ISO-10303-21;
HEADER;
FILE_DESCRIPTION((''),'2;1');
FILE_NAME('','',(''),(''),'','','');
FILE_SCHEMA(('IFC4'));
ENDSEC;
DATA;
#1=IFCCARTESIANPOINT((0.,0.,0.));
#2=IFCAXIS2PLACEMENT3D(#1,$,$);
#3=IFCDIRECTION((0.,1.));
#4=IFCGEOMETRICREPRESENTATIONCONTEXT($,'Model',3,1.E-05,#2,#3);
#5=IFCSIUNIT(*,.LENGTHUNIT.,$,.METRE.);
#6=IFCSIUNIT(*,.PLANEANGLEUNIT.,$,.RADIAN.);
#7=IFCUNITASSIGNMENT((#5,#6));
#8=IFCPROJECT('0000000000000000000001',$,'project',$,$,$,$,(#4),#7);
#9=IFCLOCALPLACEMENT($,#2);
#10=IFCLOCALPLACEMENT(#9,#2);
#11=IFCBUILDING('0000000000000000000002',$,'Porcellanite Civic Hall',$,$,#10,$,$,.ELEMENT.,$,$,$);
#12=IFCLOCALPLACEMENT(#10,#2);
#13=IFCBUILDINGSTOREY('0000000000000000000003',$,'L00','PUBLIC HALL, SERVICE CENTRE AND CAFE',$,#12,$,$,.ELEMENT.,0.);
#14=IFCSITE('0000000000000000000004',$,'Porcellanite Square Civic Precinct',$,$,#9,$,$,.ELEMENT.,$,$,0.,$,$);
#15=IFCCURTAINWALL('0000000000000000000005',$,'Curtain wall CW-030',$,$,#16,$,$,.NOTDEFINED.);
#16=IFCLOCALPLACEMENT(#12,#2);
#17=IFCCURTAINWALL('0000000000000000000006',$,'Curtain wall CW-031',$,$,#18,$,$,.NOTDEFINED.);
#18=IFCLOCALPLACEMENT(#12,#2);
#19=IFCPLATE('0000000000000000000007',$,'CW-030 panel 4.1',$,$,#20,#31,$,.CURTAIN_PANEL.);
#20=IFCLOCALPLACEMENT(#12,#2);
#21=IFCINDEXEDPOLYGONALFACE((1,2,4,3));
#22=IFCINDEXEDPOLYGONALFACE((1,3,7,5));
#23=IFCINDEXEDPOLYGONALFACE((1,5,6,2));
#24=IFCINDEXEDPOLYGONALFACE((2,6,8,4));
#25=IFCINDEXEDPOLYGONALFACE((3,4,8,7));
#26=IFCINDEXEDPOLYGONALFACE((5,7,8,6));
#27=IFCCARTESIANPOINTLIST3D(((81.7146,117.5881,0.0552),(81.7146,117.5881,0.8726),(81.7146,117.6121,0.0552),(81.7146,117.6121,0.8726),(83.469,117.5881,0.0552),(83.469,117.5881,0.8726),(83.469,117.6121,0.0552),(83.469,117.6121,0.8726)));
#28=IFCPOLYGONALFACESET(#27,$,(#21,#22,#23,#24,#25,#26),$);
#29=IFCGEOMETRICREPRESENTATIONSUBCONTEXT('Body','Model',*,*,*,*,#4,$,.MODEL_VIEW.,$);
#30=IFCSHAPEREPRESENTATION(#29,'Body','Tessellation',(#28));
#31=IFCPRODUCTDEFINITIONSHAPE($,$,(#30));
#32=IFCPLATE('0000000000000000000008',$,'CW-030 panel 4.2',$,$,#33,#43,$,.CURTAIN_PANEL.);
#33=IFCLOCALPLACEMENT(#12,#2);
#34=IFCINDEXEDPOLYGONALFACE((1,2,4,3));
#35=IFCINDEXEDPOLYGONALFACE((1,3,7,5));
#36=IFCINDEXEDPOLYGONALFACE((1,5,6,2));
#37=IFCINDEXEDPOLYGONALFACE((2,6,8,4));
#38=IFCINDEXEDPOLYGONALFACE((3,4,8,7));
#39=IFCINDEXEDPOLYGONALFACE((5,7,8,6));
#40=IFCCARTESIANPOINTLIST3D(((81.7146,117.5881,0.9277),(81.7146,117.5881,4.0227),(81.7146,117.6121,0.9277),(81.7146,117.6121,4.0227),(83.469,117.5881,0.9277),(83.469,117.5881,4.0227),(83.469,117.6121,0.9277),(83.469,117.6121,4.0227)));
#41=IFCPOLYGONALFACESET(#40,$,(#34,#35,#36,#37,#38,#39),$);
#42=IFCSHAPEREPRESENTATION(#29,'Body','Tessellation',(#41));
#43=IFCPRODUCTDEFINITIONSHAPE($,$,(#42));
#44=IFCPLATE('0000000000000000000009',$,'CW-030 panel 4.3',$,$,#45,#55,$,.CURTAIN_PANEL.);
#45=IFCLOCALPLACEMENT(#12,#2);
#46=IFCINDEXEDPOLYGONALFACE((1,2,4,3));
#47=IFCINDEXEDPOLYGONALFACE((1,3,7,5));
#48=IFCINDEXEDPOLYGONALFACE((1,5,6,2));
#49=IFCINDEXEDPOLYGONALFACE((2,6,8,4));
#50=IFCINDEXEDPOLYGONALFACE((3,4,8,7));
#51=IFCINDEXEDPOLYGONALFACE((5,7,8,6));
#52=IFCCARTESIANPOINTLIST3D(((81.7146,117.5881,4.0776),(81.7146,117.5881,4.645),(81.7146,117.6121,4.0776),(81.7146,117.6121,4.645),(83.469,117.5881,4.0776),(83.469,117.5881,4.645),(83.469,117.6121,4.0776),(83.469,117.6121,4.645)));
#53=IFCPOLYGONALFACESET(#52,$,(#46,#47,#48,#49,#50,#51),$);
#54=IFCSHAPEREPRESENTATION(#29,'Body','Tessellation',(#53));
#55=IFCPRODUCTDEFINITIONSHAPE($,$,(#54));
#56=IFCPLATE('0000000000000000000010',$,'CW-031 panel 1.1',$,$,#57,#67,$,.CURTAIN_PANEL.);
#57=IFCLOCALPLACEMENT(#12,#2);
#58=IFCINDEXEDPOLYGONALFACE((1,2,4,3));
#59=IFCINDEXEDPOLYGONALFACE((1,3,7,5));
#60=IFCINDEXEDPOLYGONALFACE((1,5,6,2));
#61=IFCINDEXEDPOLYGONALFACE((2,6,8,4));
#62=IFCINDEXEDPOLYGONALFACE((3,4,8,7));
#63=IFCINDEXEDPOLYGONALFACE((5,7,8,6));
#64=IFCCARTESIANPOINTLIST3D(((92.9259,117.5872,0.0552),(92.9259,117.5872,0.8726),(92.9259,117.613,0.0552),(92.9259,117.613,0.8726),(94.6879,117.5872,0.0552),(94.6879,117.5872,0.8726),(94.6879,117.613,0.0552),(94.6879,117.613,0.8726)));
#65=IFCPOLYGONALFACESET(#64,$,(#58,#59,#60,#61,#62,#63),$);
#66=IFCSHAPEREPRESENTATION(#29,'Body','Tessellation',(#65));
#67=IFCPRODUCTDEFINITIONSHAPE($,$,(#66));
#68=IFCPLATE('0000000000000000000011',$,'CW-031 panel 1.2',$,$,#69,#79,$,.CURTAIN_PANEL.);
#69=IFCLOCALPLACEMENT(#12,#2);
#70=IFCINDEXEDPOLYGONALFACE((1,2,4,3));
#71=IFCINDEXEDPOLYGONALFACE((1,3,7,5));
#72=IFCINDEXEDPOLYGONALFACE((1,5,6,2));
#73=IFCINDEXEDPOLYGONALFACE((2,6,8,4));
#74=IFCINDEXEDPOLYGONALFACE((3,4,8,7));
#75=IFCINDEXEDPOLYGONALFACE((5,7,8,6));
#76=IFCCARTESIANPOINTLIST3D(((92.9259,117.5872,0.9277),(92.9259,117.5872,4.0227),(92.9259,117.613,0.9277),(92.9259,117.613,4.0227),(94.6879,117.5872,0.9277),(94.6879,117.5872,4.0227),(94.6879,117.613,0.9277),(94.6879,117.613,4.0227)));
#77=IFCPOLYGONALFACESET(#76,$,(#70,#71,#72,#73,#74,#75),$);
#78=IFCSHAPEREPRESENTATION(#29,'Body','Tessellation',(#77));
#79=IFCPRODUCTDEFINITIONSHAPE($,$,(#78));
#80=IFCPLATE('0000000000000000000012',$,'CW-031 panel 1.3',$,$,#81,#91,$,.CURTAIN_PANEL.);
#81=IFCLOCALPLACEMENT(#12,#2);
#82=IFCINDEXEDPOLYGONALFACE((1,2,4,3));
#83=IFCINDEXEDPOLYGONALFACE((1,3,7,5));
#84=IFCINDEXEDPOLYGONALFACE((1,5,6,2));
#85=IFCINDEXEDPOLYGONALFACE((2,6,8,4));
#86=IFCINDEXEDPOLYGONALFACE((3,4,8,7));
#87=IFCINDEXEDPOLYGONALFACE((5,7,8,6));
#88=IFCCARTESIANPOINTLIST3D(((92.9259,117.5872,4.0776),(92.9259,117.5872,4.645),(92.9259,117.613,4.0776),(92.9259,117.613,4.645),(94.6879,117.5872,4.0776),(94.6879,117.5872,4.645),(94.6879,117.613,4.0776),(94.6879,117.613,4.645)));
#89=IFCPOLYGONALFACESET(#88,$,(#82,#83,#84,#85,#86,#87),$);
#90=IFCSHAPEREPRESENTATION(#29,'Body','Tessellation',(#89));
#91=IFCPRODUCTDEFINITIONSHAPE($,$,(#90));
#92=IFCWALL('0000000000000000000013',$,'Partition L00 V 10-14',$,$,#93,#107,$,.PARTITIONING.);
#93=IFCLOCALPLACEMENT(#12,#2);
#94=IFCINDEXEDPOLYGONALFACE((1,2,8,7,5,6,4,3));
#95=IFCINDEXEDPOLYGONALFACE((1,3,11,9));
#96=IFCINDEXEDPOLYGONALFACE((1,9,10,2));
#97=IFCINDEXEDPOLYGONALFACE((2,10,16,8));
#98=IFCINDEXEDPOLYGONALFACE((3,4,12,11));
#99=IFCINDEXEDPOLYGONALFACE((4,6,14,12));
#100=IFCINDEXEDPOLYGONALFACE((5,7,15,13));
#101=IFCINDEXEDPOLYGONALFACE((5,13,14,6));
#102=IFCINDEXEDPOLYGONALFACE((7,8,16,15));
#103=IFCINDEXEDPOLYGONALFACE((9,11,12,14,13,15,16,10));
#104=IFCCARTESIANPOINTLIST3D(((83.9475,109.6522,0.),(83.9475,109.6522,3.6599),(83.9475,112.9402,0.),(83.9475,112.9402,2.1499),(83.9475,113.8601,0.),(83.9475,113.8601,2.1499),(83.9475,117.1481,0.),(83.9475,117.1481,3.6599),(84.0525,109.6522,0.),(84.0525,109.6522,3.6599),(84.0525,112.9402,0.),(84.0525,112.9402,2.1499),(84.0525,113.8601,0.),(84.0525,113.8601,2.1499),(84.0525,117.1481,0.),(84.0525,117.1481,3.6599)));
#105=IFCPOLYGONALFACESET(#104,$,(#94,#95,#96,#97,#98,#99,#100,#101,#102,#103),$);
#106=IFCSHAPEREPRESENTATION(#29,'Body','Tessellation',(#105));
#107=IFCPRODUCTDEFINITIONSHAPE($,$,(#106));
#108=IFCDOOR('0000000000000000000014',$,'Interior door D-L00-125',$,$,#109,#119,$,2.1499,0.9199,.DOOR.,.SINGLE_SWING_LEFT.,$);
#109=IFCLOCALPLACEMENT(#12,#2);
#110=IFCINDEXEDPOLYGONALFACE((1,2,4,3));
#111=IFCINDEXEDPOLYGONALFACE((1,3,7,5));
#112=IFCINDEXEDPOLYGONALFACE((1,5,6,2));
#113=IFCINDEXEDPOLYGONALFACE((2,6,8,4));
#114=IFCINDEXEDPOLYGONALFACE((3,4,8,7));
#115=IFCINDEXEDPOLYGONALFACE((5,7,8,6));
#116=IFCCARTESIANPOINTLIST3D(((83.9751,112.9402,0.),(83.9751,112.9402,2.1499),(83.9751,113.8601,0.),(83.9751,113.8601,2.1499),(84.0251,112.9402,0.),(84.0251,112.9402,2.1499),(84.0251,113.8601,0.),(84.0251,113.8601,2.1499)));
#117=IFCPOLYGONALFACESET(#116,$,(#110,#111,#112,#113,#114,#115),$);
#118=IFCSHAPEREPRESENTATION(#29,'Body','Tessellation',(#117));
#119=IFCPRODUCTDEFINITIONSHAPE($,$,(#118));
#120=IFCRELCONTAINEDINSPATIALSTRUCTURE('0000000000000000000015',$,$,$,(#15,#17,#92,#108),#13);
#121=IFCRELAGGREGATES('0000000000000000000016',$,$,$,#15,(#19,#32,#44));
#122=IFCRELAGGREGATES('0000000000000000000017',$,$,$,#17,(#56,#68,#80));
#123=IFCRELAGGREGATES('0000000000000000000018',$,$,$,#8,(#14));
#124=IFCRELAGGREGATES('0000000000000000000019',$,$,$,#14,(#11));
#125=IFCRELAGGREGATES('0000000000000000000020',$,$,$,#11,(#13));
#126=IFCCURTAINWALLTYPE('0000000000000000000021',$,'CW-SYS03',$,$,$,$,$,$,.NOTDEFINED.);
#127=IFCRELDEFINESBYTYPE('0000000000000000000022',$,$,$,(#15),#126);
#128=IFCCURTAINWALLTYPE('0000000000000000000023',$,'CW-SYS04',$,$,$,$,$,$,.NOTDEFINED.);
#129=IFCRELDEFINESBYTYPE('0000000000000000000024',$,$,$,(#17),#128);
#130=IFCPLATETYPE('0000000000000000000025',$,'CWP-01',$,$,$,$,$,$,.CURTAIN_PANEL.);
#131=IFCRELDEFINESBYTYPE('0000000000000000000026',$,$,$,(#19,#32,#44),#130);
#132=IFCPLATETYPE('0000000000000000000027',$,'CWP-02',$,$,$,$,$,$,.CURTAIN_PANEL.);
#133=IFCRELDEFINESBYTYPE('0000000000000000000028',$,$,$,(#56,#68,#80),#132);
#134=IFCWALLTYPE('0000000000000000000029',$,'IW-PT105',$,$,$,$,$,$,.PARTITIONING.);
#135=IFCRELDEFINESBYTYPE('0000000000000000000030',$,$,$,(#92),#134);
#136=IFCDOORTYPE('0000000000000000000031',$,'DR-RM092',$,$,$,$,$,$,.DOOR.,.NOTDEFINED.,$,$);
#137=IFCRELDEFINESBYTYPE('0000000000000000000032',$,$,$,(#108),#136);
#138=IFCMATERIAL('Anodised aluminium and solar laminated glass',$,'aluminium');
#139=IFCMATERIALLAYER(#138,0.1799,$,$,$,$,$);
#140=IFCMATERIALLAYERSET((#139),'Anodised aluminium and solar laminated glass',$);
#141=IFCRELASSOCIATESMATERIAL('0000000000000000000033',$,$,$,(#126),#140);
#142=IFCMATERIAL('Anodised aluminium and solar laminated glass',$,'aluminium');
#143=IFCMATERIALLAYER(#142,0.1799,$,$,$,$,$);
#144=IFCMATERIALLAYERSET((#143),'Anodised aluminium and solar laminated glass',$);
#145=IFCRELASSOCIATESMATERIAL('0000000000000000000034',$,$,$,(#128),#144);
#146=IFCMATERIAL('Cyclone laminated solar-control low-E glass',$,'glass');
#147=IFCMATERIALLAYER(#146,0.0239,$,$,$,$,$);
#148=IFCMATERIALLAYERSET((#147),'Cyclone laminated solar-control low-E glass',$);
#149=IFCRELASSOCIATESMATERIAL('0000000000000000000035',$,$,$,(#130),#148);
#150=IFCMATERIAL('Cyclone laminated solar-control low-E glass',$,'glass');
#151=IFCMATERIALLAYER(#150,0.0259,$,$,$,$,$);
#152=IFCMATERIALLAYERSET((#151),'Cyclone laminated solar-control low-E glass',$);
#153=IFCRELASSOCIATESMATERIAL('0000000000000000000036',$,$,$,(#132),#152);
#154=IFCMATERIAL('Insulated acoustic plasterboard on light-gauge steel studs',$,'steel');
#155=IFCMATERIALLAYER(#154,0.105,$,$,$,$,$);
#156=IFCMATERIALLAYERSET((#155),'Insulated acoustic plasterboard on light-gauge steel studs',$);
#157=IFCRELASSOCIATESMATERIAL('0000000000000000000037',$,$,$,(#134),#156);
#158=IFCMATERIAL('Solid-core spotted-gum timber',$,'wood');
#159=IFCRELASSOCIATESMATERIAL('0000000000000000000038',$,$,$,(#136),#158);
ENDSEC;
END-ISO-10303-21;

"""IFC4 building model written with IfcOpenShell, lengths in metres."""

from ifc_helpers import new_model, si_unit, direction, frame, frame_2d, origin, origin_2d, place, context, subcontext, project, spatial, rectangle, extrude, material, layer, layer_set, type_object, element, fill, aggregate, save


model = new_model("IFC4")

# Units and contexts
model_context = context("Model", 3, precision=1e-05, world=origin(), true_north=direction((0.0, 1.0)))
body_context = subcontext(model_context, "Body", "Model", "MODEL_VIEW")
ifc_project = project(units=[si_unit("LENGTHUNIT", "METRE"), si_unit("PLANEANGLEUNIT", "RADIAN")], contexts=[model_context])

# Site, building, storey
site_placement = place(None, origin())
site = spatial("IfcSite", under=ifc_project, at=site_placement, Name="Porcellanite Square Civic Precinct", CompositionType="ELEMENT", RefElevation=0.0)
building_placement = place(site_placement, origin())
building = spatial("IfcBuilding", under=site, at=building_placement, Name="Porcellanite Civic Hall", CompositionType="ELEMENT")
storey_placement = place(building_placement, origin())
storey = spatial("IfcBuildingStorey", under=building, at=storey_placement, Name="L00", Description="PUBLIC HALL, SERVICE CENTRE AND CAFE", CompositionType="ELEMENT", Elevation=0.0)

# Curtain wall
ifc_material_1 = material(Name="Anodised aluminium and solar laminated glass", Category="aluminium")
ifc_layer_1 = layer(ifc_material_1, 0.1799)
ifc_layer_set_1 = layer_set([ifc_layer_1], Name="Anodised aluminium and solar laminated glass")
curtain_wall_type_1 = type_object("IfcCurtainWallType", Name="CW-SYS03", PredefinedType="NOTDEFINED", material=ifc_layer_set_1)
curtain_wall_1_placement = place(storey_placement, origin())
curtain_wall_1 = element("IfcCurtainWall", 1, at=curtain_wall_1_placement, inside=storey, type_object=curtain_wall_type_1, Name="Curtain wall CW-030", PredefinedType="NOTDEFINED")

# Curtain wall
ifc_material_2 = material(Name="Anodised aluminium and solar laminated glass", Category="aluminium")
ifc_layer_2 = layer(ifc_material_2, 0.1799)
ifc_layer_set_2 = layer_set([ifc_layer_2], Name="Anodised aluminium and solar laminated glass")
curtain_wall_type_2 = type_object("IfcCurtainWallType", Name="CW-SYS04", PredefinedType="NOTDEFINED", material=ifc_layer_set_2)
curtain_wall_2_placement = place(storey_placement, origin())
curtain_wall_2 = element("IfcCurtainWall", 2, at=curtain_wall_2_placement, inside=storey, type_object=curtain_wall_type_2, Name="Curtain wall CW-031", PredefinedType="NOTDEFINED")

# Plates
ifc_material_3 = material(Name="Cyclone laminated solar-control low-E glass", Category="glass")
ifc_layer_3 = layer(ifc_material_3, 0.0239)
ifc_layer_set_3 = layer_set([ifc_layer_3], Name="Cyclone laminated solar-control low-E glass")
plate_type_1 = type_object("IfcPlateType", Name="CWP-01", PredefinedType="CURTAIN_PANEL", material=ifc_layer_set_3)
plate_1_placement = place(storey_placement, frame((82.5918, 117.6001, 0.0552), z_axis=(0.0, 0.0, 1.0), x_axis=(1.0, 0.0, 0.0)))
plate_1 = element("IfcPlate", 3, at=plate_1_placement, type_object=plate_type_1, Name="CW-030 panel 4.1", PredefinedType="CURTAIN_PANEL", context=body_context, shape_type="SweptSolid", body=[
    extrude(rectangle(XDim=1.7544, YDim=0.0239, at=origin_2d()), origin(), (0.0, 0.0, 1.0), 0.8174),
])
plate_2_placement = place(storey_placement, frame((82.5918, 117.6001, 0.9277), z_axis=(0.0, 0.0, 1.0), x_axis=(1.0, 0.0, 0.0)))
plate_2 = element("IfcPlate", 4, at=plate_2_placement, type_object=plate_type_1, Name="CW-030 panel 4.2", PredefinedType="CURTAIN_PANEL", context=body_context, shape_type="SweptSolid", body=[
    extrude(rectangle(XDim=1.7544, YDim=0.0239, at=origin_2d()), origin(), (0.0, 0.0, 1.0), 3.095),
])
plate_3_placement = place(storey_placement, frame((82.5918, 117.6001, 4.0776), z_axis=(0.0, 0.0, 1.0), x_axis=(1.0, 0.0, 0.0)))
plate_3 = element("IfcPlate", 5, at=plate_3_placement, type_object=plate_type_1, Name="CW-030 panel 4.3", PredefinedType="CURTAIN_PANEL", context=body_context, shape_type="SweptSolid", body=[
    extrude(rectangle(XDim=1.7544, YDim=0.0239, at=origin_2d()), origin(), (0.0, 0.0, 1.0), 0.5674),
])
aggregate(curtain_wall_1, [plate_1, plate_2, plate_3])
ifc_material_4 = material(Name="Cyclone laminated solar-control low-E glass", Category="glass")
ifc_layer_4 = layer(ifc_material_4, 0.0259)
ifc_layer_set_4 = layer_set([ifc_layer_4], Name="Cyclone laminated solar-control low-E glass")
plate_type_2 = type_object("IfcPlateType", Name="CWP-02", PredefinedType="CURTAIN_PANEL", material=ifc_layer_set_4)
plate_4_placement = place(storey_placement, frame((93.8069, 117.6001, 0.0552), z_axis=(0.0, 0.0, 1.0), x_axis=(1.0, 0.0, 0.0)))
plate_4 = element("IfcPlate", 6, at=plate_4_placement, type_object=plate_type_2, Name="CW-031 panel 1.1", PredefinedType="CURTAIN_PANEL", context=body_context, shape_type="SweptSolid", body=[
    extrude(rectangle(XDim=1.762, YDim=0.0259, at=origin_2d()), origin(), (0.0, 0.0, 1.0), 0.8174),
])
plate_5_placement = place(storey_placement, frame((93.8069, 117.6001, 0.9277), z_axis=(0.0, 0.0, 1.0), x_axis=(1.0, 0.0, 0.0)))
plate_5 = element("IfcPlate", 7, at=plate_5_placement, type_object=plate_type_2, Name="CW-031 panel 1.2", PredefinedType="CURTAIN_PANEL", context=body_context, shape_type="SweptSolid", body=[
    extrude(rectangle(XDim=1.762, YDim=0.0259, at=origin_2d()), origin(), (0.0, 0.0, 1.0), 3.095),
])
plate_6_placement = place(storey_placement, frame((93.8069, 117.6001, 4.0776), z_axis=(0.0, 0.0, 1.0), x_axis=(1.0, 0.0, 0.0)))
plate_6 = element("IfcPlate", 8, at=plate_6_placement, type_object=plate_type_2, Name="CW-031 panel 1.3", PredefinedType="CURTAIN_PANEL", context=body_context, shape_type="SweptSolid", body=[
    extrude(rectangle(XDim=1.762, YDim=0.0259, at=origin_2d()), origin(), (0.0, 0.0, 1.0), 0.5674),
])
aggregate(curtain_wall_2, [plate_4, plate_5, plate_6])

# Wall, opening, door
ifc_material_5 = material(Name="Insulated acoustic plasterboard on light-gauge steel studs", Category="steel")
ifc_layer_5 = layer(ifc_material_5, 0.105)
ifc_layer_set_5 = layer_set([ifc_layer_5], Name="Insulated acoustic plasterboard on light-gauge steel studs")
wall_type_1 = type_object("IfcWallType", Name="IW-PT105", PredefinedType="PARTITIONING", material=ifc_layer_set_5)
wall_1_placement = place(storey_placement, frame((84.0, 109.6521, 0.0), z_axis=(0.0, 0.0, 1.0), x_axis=(0.0, 1.0, 0.0)))
wall_1 = element("IfcWall", 9, at=wall_1_placement, inside=storey, type_object=wall_type_1, Name="Partition L00 V 10-14", PredefinedType="PARTITIONING", context=body_context, shape_type="SweptSolid", body=[
    extrude(rectangle(XDim=7.4958, YDim=0.105, at=frame_2d((3.748, 0.0))), origin(), (0.0, 0.0, 1.0), 3.6599),
])
opening_1_placement = place(wall_1_placement, frame((3.2881, 0.0, 0.0)))
opening_1 = element("IfcOpeningElement", 10, at=opening_1_placement, cuts=wall_1, PredefinedType="OPENING", context=body_context, shape_type="SweptSolid", body=[
    extrude(rectangle(XDim=0.9199, YDim=2.1499, at=frame_2d((0.46, 1.075))), frame((0.0, 0.0525, 0.0), z_axis=(0.0, -1.0, 0.0), x_axis=(1.0, 0.0, 0.0)), (0.0, 0.0, 1.0), 0.105),
])
ifc_material_6 = material(Name="Solid-core spotted-gum timber", Category="wood")
door_type_1 = type_object("IfcDoorType", Name="DR-RM092", OperationType="NOTDEFINED", PredefinedType="DOOR", material=ifc_material_6)
door_1_placement = place(opening_1_placement, origin())
door_1 = element("IfcDoor", 11, at=door_1_placement, inside=storey, type_object=door_type_1, Name="Interior door D-L00-125", OperationType="SINGLE_SWING_LEFT", OverallHeight=2.1499, OverallWidth=0.9199, PredefinedType="DOOR", context=body_context, shape_type="SweptSolid", body=[
    extrude(rectangle(XDim=0.9199, YDim=2.1499, at=frame_2d((0.46, 1.075))), frame((0.0, 0.0249, 0.0), z_axis=(0.0, -1.0, 0.0), x_axis=(1.0, 0.0, 0.0)), (0.0, 0.0, 1.0), 0.05),
])
fill(opening_1, door_1)

save(model, "model.ifc")
